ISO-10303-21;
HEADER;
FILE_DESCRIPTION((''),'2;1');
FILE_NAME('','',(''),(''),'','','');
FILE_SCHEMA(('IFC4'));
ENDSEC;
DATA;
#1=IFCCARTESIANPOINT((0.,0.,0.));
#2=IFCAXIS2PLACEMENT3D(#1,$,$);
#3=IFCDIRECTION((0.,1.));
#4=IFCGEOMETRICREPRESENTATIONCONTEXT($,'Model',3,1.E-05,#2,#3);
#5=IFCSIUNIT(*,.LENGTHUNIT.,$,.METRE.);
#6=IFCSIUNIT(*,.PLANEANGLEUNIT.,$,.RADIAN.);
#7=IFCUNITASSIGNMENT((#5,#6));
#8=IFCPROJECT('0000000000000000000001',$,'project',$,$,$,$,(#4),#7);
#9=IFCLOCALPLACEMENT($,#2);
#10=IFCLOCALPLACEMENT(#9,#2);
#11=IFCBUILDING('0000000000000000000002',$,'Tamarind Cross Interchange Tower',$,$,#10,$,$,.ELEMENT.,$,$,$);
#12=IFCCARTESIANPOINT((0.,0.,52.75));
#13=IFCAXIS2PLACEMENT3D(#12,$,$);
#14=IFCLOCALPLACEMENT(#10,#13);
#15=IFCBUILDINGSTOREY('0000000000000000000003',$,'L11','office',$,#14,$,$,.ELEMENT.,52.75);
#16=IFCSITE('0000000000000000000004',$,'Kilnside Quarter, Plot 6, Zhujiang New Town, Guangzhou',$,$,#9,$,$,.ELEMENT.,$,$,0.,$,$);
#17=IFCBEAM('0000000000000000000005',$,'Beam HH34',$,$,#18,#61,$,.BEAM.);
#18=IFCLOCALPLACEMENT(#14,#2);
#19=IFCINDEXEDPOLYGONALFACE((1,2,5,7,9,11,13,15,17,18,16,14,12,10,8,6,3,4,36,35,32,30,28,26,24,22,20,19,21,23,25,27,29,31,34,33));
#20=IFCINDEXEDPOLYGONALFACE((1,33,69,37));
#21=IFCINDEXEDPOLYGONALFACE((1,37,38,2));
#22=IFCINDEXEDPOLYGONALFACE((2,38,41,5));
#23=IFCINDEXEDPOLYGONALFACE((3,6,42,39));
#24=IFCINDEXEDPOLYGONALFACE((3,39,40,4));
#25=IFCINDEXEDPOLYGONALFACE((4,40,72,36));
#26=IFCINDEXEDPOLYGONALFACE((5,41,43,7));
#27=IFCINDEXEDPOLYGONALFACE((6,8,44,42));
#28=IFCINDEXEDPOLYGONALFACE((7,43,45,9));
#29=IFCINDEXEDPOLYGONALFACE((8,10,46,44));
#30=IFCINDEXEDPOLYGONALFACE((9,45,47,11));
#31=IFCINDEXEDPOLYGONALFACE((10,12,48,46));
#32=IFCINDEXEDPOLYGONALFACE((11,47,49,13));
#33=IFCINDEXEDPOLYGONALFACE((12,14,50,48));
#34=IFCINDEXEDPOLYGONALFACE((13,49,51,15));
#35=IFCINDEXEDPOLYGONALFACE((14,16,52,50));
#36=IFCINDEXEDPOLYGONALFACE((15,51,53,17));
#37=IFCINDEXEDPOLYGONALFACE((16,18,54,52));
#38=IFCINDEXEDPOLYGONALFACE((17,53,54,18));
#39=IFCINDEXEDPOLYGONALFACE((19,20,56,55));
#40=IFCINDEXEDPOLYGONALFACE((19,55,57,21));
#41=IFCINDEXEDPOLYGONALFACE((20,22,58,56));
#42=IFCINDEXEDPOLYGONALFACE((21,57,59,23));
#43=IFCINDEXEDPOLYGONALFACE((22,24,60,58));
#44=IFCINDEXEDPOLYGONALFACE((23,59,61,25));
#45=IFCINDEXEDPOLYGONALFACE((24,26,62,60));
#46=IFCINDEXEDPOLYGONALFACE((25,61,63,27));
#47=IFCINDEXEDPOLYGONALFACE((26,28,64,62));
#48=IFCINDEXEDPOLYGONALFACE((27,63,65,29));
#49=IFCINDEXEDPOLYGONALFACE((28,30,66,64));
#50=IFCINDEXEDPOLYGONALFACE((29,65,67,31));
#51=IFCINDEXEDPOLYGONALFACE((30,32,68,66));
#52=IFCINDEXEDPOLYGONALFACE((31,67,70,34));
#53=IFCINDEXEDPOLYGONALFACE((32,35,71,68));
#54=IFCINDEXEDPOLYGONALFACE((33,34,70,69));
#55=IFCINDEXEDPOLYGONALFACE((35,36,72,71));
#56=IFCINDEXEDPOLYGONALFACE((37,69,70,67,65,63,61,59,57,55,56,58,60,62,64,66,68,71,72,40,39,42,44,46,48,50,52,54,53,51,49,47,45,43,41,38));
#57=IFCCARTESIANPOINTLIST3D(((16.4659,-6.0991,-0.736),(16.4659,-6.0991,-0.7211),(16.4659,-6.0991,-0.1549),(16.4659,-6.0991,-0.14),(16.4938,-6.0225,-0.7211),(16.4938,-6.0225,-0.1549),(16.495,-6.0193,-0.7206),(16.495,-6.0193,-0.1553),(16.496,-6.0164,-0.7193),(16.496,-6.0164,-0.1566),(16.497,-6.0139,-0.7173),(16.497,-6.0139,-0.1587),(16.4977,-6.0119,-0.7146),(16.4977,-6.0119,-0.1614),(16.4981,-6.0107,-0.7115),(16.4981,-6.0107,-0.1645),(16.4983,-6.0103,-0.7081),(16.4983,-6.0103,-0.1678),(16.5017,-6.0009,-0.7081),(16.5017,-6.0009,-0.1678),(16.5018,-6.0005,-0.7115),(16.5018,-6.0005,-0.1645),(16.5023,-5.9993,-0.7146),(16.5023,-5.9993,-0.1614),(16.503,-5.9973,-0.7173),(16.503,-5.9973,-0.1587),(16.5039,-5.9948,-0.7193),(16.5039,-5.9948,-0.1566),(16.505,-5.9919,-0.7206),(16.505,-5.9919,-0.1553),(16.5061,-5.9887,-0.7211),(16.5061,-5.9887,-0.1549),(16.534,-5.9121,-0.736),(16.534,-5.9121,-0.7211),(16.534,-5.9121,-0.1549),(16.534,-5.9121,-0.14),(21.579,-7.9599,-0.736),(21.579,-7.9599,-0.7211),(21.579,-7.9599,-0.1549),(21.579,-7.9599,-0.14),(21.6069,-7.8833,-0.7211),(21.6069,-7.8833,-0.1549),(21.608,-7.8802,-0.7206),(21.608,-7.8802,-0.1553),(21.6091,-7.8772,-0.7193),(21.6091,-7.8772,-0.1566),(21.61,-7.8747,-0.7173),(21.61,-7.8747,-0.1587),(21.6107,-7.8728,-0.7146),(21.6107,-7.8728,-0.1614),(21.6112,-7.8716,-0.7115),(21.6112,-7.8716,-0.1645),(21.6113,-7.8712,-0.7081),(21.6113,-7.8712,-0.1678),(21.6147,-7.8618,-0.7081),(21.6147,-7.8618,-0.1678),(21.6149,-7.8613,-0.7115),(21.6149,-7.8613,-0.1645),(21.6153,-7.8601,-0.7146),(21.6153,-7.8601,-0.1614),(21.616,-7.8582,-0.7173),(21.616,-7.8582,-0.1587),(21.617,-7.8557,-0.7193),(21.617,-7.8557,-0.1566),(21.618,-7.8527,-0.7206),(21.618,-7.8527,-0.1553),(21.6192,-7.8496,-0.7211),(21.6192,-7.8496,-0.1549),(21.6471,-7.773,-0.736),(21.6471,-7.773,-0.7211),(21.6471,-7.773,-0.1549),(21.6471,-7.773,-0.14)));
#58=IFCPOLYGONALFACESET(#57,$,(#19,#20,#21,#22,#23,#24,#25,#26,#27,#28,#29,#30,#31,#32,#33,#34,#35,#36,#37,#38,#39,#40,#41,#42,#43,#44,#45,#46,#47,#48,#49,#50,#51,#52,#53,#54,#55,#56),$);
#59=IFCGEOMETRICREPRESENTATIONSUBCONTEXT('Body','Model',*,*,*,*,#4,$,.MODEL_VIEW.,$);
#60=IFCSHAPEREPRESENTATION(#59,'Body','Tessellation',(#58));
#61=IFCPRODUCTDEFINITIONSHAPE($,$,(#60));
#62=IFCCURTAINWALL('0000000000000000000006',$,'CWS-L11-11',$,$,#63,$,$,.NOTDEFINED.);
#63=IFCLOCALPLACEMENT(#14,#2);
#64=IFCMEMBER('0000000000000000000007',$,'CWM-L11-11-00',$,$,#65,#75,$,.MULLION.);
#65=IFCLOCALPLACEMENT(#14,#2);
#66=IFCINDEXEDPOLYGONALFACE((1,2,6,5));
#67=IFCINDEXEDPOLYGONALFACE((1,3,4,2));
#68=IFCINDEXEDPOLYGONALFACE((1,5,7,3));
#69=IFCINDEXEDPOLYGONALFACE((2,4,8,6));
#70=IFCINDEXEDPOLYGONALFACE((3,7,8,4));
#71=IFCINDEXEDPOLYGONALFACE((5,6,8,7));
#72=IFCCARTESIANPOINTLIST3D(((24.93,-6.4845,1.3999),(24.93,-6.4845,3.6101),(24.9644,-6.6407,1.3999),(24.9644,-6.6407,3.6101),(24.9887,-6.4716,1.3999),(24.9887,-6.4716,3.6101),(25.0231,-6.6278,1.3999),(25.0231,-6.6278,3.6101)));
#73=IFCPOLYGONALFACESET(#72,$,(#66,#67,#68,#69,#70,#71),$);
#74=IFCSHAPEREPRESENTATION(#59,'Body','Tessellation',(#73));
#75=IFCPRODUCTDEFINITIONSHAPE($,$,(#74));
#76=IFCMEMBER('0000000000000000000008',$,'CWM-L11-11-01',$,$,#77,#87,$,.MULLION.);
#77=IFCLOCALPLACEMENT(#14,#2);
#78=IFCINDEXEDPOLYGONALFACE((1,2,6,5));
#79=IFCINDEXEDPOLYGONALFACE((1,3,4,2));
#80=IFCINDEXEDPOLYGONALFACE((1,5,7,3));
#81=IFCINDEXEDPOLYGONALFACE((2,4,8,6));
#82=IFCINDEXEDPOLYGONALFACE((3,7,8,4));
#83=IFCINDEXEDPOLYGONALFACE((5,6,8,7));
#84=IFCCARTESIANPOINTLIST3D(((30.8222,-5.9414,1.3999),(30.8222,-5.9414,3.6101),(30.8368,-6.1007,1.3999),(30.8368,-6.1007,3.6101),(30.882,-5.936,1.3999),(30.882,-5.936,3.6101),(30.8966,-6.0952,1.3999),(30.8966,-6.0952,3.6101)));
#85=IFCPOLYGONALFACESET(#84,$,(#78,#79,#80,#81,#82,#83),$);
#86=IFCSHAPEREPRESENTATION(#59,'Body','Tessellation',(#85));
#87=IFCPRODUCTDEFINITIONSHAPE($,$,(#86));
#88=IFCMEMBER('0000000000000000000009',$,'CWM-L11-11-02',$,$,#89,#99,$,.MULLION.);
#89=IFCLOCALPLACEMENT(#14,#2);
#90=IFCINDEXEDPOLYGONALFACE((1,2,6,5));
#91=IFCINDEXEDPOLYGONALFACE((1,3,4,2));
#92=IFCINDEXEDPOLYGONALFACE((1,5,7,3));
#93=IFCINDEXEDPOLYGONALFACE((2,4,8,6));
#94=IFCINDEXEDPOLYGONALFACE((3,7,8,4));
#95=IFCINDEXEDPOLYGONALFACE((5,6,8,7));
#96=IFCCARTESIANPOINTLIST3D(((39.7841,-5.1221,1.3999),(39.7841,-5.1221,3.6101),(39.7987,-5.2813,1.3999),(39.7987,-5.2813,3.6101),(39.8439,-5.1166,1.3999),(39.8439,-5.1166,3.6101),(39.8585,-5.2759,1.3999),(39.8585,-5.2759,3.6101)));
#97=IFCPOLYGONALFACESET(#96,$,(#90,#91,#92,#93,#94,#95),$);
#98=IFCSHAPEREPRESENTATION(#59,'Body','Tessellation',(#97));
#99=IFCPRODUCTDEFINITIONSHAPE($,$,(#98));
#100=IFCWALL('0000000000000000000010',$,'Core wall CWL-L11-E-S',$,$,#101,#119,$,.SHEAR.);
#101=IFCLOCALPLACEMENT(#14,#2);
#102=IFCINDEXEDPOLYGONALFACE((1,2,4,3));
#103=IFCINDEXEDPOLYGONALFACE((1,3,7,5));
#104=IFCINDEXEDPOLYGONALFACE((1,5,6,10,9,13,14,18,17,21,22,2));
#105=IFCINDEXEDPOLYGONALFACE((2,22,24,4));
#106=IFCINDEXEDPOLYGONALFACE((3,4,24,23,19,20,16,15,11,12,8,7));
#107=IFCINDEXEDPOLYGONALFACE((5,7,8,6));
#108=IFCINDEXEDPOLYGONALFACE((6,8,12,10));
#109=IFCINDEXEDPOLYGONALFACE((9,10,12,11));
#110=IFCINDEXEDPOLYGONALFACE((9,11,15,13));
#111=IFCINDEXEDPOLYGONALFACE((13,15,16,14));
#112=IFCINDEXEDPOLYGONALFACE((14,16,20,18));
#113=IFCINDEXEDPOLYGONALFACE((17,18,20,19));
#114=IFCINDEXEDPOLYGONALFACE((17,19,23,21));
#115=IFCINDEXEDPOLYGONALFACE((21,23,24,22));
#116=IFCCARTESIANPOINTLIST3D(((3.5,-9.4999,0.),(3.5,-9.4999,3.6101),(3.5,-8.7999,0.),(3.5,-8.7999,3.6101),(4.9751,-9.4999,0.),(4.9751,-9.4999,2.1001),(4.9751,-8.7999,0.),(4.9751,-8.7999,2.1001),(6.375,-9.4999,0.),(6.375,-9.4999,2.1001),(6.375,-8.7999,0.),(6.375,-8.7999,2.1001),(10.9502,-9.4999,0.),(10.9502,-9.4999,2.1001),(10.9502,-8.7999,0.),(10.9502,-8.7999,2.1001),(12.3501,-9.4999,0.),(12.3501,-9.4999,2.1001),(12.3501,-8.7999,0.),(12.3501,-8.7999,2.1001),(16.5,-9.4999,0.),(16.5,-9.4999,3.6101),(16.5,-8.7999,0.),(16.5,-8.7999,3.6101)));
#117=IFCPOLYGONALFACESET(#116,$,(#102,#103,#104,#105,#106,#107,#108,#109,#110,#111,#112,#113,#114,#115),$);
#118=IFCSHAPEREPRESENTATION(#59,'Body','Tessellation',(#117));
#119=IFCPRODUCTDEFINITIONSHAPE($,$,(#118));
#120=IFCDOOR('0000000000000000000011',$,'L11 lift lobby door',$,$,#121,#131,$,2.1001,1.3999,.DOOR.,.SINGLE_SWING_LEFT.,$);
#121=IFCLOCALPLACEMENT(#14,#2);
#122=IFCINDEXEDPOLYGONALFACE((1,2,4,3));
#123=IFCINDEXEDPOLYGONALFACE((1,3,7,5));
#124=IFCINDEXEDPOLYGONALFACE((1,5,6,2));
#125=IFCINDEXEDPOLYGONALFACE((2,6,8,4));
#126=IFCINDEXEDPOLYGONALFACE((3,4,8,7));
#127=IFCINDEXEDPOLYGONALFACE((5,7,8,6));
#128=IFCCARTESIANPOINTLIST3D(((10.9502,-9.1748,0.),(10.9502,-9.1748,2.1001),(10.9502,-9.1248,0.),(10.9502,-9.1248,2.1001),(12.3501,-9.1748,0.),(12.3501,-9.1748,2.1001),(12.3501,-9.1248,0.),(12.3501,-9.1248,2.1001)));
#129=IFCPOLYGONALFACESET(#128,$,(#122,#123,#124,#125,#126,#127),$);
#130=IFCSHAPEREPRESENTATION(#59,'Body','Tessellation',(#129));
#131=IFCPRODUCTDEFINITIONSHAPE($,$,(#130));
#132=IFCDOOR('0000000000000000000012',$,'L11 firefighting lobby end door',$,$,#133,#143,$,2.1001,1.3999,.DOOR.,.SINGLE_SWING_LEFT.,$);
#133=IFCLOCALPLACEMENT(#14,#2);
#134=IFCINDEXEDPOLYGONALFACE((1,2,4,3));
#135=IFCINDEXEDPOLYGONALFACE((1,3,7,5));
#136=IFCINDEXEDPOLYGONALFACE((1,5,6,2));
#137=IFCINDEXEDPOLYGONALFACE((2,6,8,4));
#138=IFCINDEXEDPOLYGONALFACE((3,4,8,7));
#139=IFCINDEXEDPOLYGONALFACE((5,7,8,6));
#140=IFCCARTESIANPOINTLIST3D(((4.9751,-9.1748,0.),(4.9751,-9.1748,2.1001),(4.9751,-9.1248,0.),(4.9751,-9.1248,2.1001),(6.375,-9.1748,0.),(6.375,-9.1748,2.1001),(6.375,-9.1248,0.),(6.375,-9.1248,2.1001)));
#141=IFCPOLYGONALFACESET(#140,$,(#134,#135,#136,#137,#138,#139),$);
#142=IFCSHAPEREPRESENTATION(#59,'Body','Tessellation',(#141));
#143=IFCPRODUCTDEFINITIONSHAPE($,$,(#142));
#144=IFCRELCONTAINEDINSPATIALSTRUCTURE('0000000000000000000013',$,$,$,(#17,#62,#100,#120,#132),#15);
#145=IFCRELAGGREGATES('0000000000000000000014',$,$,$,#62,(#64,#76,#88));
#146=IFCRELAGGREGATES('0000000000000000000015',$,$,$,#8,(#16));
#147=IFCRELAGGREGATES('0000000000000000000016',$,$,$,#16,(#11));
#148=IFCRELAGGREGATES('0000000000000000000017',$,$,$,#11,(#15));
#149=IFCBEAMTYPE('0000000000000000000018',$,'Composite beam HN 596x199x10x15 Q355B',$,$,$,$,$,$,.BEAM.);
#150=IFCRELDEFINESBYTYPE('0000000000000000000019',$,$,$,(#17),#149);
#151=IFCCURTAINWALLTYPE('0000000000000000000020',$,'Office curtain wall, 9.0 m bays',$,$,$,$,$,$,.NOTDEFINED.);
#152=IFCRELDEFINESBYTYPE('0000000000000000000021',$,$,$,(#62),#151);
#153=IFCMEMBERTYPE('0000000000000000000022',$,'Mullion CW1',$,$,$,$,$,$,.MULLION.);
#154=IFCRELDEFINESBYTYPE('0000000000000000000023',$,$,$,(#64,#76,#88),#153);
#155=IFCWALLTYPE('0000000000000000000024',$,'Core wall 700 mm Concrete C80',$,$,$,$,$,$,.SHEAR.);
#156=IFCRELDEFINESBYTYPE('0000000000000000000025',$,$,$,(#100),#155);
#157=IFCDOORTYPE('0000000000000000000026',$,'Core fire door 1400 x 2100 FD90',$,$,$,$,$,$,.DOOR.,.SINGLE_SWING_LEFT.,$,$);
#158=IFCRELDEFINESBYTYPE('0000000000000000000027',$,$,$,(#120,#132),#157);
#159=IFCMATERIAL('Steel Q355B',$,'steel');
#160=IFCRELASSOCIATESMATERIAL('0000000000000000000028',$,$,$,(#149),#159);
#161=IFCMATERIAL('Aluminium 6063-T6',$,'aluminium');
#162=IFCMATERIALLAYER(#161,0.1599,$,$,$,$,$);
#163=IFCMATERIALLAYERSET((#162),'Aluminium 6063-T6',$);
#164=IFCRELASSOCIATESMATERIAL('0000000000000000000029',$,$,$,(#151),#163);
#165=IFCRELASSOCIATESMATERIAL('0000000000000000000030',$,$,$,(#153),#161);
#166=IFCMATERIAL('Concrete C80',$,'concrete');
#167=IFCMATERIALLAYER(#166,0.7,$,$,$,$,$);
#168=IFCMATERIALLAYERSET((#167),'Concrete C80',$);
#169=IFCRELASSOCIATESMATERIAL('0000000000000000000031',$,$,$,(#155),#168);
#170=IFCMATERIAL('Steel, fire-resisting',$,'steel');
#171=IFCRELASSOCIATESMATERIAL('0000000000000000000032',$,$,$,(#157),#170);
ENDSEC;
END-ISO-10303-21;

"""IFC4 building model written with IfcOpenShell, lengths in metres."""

from ifc_helpers import new_model, si_unit, direction, frame, frame_2d, origin, origin_2d, place, context, subcontext, project, spatial, rectangle, i_section, extrude, material, layer, layer_set, material_profile, profile_set, type_object, element, fill, aggregate, save


model = new_model("IFC4")

# Units and contexts
model_context = context("Model", 3, precision=1e-05, world=origin(), true_north=direction((0.0, 1.0)))
body_context = subcontext(model_context, "Body", "Model", "MODEL_VIEW")
ifc_project = project(units=[si_unit("LENGTHUNIT", "METRE"), si_unit("PLANEANGLEUNIT", "RADIAN")], contexts=[model_context])

# Site, building, storey
site_placement = place(None, origin())
site = spatial("IfcSite", under=ifc_project, at=site_placement, Name="Kilnside Quarter, Plot 6, Zhujiang New Town, Guangzhou", CompositionType="ELEMENT", RefElevation=0.0)
building_placement = place(site_placement, origin())
building = spatial("IfcBuilding", under=site, at=building_placement, Name="Tamarind Cross Interchange Tower", CompositionType="ELEMENT")
storey_placement = place(building_placement, frame((0.0, 0.0, 52.75)))
storey = spatial("IfcBuildingStorey", under=building, at=storey_placement, Name="L11", Description="office", CompositionType="ELEMENT", Elevation=52.75)

# Beam
ifc_material_1 = material(Name="Steel Q355B", Category="steel")
ifc_material_profile_1 = material_profile(ifc_material_1, i_section(OverallWidth=0.199, OverallDepth=0.5959, WebThickness=0.01, FlangeThickness=0.0149, FilletRadius=0.0129, at=origin_2d()), Name="HN 596x199x10x15")
ifc_profile_set_1 = profile_set([ifc_material_profile_1], Name="Steel Q355B")
beam_type = type_object("IfcBeamType", Name="Composite beam HN 596x199x10x15 Q355B", PredefinedType="BEAM", material=ifc_profile_set_1)
beam_1_placement = place(storey_placement, frame((21.613, -7.8665, -0.438), z_axis=(-0.939702, 0.341995, 0.0), x_axis=(-0.341995, -0.939702, 0.0)))
element("IfcBeam", 1, at=beam_1_placement, inside=storey, type_object=beam_type, Name="Beam HH34", PredefinedType="BEAM", context=body_context, shape_type="SweptSolid", body=[
    extrude(i_section(OverallWidth=0.199, OverallDepth=0.5959, WebThickness=0.01, FlangeThickness=0.0149, FilletRadius=0.0129, at=origin_2d()), origin(), (0.0, 0.0, 1.0), 5.4412),
])

# Curtain wall, members
ifc_material_2 = material(Name="Aluminium 6063-T6", Category="aluminium")
ifc_layer_1 = layer(ifc_material_2, 0.1599)
ifc_layer_set_1 = layer_set([ifc_layer_1], Name="Aluminium 6063-T6")
curtain_wall_type = type_object("IfcCurtainWallType", Name="Office curtain wall, 9.0 m bays", PredefinedType="NOTDEFINED", material=ifc_layer_set_1)
curtain_wall_placement = place(storey_placement, origin())
curtain_wall = element("IfcCurtainWall", 2, at=curtain_wall_placement, inside=storey, type_object=curtain_wall_type, Name="CWS-L11-11", PredefinedType="NOTDEFINED")
ifc_material_profile_2 = material_profile(ifc_material_2, rectangle(XDim=0.0601, YDim=0.1599, at=origin_2d()), Name="Mullion CW1")
ifc_profile_set_2 = profile_set([ifc_material_profile_2], Name="Aluminium 6063-T6")
member_type = type_object("IfcMemberType", Name="Mullion CW1", PredefinedType="MULLION", material=ifc_profile_set_2)
member_1_placement = place(storey_placement, frame((24.9766, -6.5562, 1.3999), z_axis=(0.0, 0.0, 1.0), x_axis=(0.976559, 0.215251, 0.0)))
member_1 = element("IfcMember", 3, at=member_1_placement, type_object=member_type, Name="CWM-L11-11-00", PredefinedType="MULLION", context=body_context, shape_type="SweptSolid", body=[
    extrude(rectangle(XDim=0.0601, YDim=0.1599, at=origin_2d()), origin(), (0.0, 0.0, 1.0), 2.2102),
])
member_2_placement = place(storey_placement, frame((30.8594, -6.0183, 1.3999), z_axis=(0.0, 0.0, 1.0), x_axis=(0.995846, 0.09105, 0.0)))
member_2 = element("IfcMember", 4, at=member_2_placement, type_object=member_type, Name="CWM-L11-11-01", PredefinedType="MULLION", context=body_context, shape_type="SweptSolid", body=[
    extrude(rectangle(XDim=0.0601, YDim=0.1599, at=origin_2d()), origin(), (0.0, 0.0, 1.0), 2.2102),
])
member_3_placement = place(storey_placement, frame((39.8213, -5.199, 1.3999), z_axis=(0.0, 0.0, 1.0), x_axis=(0.995846, 0.09105, 0.0)))
member_3 = element("IfcMember", 5, at=member_3_placement, type_object=member_type, Name="CWM-L11-11-02", PredefinedType="MULLION", context=body_context, shape_type="SweptSolid", body=[
    extrude(rectangle(XDim=0.0601, YDim=0.1599, at=origin_2d()), origin(), (0.0, 0.0, 1.0), 2.2102),
])
aggregate(curtain_wall, [member_1, member_2, member_3])

# Wall, openings, doors
ifc_material_3 = material(Name="Concrete C80", Category="concrete")
ifc_layer_2 = layer(ifc_material_3, 0.7)
ifc_layer_set_2 = layer_set([ifc_layer_2], Name="Concrete C80")
wall_type_1 = type_object("IfcWallType", Name="Core wall 700 mm Concrete C80", PredefinedType="SHEAR", material=ifc_layer_set_2)
wall_1_placement = place(storey_placement, frame((16.5, -9.1499, 0.0), z_axis=(0.0, 0.0, 1.0), x_axis=(-1.0, 0.0, 0.0)))
wall_1 = element("IfcWall", 6, at=wall_1_placement, inside=storey, type_object=wall_type_1, Name="Core wall CWL-L11-E-S", PredefinedType="SHEAR", context=body_context, shape_type="SweptSolid", body=[
    extrude(rectangle(XDim=13.0, YDim=0.7, at=frame_2d((6.5, 0.0))), origin(), (0.0, 0.0, 1.0), 3.6101),
])
opening_1_placement = place(wall_1_placement, frame((4.1499, 0.0, 0.0)))
opening_1 = element("IfcOpeningElement", 7, at=opening_1_placement, cuts=wall_1, PredefinedType="OPENING", context=body_context, shape_type="SweptSolid", body=[
    extrude(rectangle(XDim=1.3999, YDim=2.1001, at=frame_2d((0.7, 1.05))), frame((0.0, 0.3599, 0.0), z_axis=(0.0, -1.0, 0.0), x_axis=(1.0, 0.0, 0.0)), (0.0, 0.0, 1.0), 0.72),
])
opening_2_placement = place(wall_1_placement, frame((10.125, 0.0, 0.0)))
opening_2 = element("IfcOpeningElement", 8, at=opening_2_placement, cuts=wall_1, PredefinedType="OPENING", context=body_context, shape_type="SweptSolid", body=[
    extrude(rectangle(XDim=1.3999, YDim=2.1001, at=frame_2d((0.7, 1.05))), frame((0.0, 0.3599, 0.0), z_axis=(0.0, -1.0, 0.0), x_axis=(1.0, 0.0, 0.0)), (0.0, 0.0, 1.0), 0.72),
])
ifc_material_4 = material(Name="Steel, fire-resisting", Category="steel")
door_type_1 = type_object("IfcDoorType", Name="Core fire door 1400 x 2100 FD90", OperationType="SINGLE_SWING_LEFT", PredefinedType="DOOR", material=ifc_material_4)
door_1_placement = place(opening_1_placement, origin())
door_1 = element("IfcDoor", 9, at=door_1_placement, inside=storey, type_object=door_type_1, Name="L11 lift lobby door", OperationType="SINGLE_SWING_LEFT", OverallHeight=2.1001, OverallWidth=1.3999, PredefinedType="DOOR", context=body_context, shape_type="SweptSolid", body=[
    extrude(rectangle(XDim=1.3999, YDim=2.1001, at=frame_2d((0.7, 1.05))), frame((0.0, 0.0249, 0.0), z_axis=(0.0, -1.0, 0.0), x_axis=(1.0, 0.0, 0.0)), (0.0, 0.0, 1.0), 0.05),
])
fill(opening_1, door_1)
door_2_placement = place(opening_2_placement, origin())
door_2 = element("IfcDoor", 10, at=door_2_placement, inside=storey, type_object=door_type_1, Name="L11 firefighting lobby end door", OperationType="SINGLE_SWING_LEFT", OverallHeight=2.1001, OverallWidth=1.3999, PredefinedType="DOOR", context=body_context, shape_type="SweptSolid", body=[
    extrude(rectangle(XDim=1.3999, YDim=2.1001, at=frame_2d((0.7, 1.05))), frame((0.0, 0.0249, 0.0), z_axis=(0.0, -1.0, 0.0), x_axis=(1.0, 0.0, 0.0)), (0.0, 0.0, 1.0), 0.05),
])
fill(opening_2, door_2)

save(model, "model.ifc")
